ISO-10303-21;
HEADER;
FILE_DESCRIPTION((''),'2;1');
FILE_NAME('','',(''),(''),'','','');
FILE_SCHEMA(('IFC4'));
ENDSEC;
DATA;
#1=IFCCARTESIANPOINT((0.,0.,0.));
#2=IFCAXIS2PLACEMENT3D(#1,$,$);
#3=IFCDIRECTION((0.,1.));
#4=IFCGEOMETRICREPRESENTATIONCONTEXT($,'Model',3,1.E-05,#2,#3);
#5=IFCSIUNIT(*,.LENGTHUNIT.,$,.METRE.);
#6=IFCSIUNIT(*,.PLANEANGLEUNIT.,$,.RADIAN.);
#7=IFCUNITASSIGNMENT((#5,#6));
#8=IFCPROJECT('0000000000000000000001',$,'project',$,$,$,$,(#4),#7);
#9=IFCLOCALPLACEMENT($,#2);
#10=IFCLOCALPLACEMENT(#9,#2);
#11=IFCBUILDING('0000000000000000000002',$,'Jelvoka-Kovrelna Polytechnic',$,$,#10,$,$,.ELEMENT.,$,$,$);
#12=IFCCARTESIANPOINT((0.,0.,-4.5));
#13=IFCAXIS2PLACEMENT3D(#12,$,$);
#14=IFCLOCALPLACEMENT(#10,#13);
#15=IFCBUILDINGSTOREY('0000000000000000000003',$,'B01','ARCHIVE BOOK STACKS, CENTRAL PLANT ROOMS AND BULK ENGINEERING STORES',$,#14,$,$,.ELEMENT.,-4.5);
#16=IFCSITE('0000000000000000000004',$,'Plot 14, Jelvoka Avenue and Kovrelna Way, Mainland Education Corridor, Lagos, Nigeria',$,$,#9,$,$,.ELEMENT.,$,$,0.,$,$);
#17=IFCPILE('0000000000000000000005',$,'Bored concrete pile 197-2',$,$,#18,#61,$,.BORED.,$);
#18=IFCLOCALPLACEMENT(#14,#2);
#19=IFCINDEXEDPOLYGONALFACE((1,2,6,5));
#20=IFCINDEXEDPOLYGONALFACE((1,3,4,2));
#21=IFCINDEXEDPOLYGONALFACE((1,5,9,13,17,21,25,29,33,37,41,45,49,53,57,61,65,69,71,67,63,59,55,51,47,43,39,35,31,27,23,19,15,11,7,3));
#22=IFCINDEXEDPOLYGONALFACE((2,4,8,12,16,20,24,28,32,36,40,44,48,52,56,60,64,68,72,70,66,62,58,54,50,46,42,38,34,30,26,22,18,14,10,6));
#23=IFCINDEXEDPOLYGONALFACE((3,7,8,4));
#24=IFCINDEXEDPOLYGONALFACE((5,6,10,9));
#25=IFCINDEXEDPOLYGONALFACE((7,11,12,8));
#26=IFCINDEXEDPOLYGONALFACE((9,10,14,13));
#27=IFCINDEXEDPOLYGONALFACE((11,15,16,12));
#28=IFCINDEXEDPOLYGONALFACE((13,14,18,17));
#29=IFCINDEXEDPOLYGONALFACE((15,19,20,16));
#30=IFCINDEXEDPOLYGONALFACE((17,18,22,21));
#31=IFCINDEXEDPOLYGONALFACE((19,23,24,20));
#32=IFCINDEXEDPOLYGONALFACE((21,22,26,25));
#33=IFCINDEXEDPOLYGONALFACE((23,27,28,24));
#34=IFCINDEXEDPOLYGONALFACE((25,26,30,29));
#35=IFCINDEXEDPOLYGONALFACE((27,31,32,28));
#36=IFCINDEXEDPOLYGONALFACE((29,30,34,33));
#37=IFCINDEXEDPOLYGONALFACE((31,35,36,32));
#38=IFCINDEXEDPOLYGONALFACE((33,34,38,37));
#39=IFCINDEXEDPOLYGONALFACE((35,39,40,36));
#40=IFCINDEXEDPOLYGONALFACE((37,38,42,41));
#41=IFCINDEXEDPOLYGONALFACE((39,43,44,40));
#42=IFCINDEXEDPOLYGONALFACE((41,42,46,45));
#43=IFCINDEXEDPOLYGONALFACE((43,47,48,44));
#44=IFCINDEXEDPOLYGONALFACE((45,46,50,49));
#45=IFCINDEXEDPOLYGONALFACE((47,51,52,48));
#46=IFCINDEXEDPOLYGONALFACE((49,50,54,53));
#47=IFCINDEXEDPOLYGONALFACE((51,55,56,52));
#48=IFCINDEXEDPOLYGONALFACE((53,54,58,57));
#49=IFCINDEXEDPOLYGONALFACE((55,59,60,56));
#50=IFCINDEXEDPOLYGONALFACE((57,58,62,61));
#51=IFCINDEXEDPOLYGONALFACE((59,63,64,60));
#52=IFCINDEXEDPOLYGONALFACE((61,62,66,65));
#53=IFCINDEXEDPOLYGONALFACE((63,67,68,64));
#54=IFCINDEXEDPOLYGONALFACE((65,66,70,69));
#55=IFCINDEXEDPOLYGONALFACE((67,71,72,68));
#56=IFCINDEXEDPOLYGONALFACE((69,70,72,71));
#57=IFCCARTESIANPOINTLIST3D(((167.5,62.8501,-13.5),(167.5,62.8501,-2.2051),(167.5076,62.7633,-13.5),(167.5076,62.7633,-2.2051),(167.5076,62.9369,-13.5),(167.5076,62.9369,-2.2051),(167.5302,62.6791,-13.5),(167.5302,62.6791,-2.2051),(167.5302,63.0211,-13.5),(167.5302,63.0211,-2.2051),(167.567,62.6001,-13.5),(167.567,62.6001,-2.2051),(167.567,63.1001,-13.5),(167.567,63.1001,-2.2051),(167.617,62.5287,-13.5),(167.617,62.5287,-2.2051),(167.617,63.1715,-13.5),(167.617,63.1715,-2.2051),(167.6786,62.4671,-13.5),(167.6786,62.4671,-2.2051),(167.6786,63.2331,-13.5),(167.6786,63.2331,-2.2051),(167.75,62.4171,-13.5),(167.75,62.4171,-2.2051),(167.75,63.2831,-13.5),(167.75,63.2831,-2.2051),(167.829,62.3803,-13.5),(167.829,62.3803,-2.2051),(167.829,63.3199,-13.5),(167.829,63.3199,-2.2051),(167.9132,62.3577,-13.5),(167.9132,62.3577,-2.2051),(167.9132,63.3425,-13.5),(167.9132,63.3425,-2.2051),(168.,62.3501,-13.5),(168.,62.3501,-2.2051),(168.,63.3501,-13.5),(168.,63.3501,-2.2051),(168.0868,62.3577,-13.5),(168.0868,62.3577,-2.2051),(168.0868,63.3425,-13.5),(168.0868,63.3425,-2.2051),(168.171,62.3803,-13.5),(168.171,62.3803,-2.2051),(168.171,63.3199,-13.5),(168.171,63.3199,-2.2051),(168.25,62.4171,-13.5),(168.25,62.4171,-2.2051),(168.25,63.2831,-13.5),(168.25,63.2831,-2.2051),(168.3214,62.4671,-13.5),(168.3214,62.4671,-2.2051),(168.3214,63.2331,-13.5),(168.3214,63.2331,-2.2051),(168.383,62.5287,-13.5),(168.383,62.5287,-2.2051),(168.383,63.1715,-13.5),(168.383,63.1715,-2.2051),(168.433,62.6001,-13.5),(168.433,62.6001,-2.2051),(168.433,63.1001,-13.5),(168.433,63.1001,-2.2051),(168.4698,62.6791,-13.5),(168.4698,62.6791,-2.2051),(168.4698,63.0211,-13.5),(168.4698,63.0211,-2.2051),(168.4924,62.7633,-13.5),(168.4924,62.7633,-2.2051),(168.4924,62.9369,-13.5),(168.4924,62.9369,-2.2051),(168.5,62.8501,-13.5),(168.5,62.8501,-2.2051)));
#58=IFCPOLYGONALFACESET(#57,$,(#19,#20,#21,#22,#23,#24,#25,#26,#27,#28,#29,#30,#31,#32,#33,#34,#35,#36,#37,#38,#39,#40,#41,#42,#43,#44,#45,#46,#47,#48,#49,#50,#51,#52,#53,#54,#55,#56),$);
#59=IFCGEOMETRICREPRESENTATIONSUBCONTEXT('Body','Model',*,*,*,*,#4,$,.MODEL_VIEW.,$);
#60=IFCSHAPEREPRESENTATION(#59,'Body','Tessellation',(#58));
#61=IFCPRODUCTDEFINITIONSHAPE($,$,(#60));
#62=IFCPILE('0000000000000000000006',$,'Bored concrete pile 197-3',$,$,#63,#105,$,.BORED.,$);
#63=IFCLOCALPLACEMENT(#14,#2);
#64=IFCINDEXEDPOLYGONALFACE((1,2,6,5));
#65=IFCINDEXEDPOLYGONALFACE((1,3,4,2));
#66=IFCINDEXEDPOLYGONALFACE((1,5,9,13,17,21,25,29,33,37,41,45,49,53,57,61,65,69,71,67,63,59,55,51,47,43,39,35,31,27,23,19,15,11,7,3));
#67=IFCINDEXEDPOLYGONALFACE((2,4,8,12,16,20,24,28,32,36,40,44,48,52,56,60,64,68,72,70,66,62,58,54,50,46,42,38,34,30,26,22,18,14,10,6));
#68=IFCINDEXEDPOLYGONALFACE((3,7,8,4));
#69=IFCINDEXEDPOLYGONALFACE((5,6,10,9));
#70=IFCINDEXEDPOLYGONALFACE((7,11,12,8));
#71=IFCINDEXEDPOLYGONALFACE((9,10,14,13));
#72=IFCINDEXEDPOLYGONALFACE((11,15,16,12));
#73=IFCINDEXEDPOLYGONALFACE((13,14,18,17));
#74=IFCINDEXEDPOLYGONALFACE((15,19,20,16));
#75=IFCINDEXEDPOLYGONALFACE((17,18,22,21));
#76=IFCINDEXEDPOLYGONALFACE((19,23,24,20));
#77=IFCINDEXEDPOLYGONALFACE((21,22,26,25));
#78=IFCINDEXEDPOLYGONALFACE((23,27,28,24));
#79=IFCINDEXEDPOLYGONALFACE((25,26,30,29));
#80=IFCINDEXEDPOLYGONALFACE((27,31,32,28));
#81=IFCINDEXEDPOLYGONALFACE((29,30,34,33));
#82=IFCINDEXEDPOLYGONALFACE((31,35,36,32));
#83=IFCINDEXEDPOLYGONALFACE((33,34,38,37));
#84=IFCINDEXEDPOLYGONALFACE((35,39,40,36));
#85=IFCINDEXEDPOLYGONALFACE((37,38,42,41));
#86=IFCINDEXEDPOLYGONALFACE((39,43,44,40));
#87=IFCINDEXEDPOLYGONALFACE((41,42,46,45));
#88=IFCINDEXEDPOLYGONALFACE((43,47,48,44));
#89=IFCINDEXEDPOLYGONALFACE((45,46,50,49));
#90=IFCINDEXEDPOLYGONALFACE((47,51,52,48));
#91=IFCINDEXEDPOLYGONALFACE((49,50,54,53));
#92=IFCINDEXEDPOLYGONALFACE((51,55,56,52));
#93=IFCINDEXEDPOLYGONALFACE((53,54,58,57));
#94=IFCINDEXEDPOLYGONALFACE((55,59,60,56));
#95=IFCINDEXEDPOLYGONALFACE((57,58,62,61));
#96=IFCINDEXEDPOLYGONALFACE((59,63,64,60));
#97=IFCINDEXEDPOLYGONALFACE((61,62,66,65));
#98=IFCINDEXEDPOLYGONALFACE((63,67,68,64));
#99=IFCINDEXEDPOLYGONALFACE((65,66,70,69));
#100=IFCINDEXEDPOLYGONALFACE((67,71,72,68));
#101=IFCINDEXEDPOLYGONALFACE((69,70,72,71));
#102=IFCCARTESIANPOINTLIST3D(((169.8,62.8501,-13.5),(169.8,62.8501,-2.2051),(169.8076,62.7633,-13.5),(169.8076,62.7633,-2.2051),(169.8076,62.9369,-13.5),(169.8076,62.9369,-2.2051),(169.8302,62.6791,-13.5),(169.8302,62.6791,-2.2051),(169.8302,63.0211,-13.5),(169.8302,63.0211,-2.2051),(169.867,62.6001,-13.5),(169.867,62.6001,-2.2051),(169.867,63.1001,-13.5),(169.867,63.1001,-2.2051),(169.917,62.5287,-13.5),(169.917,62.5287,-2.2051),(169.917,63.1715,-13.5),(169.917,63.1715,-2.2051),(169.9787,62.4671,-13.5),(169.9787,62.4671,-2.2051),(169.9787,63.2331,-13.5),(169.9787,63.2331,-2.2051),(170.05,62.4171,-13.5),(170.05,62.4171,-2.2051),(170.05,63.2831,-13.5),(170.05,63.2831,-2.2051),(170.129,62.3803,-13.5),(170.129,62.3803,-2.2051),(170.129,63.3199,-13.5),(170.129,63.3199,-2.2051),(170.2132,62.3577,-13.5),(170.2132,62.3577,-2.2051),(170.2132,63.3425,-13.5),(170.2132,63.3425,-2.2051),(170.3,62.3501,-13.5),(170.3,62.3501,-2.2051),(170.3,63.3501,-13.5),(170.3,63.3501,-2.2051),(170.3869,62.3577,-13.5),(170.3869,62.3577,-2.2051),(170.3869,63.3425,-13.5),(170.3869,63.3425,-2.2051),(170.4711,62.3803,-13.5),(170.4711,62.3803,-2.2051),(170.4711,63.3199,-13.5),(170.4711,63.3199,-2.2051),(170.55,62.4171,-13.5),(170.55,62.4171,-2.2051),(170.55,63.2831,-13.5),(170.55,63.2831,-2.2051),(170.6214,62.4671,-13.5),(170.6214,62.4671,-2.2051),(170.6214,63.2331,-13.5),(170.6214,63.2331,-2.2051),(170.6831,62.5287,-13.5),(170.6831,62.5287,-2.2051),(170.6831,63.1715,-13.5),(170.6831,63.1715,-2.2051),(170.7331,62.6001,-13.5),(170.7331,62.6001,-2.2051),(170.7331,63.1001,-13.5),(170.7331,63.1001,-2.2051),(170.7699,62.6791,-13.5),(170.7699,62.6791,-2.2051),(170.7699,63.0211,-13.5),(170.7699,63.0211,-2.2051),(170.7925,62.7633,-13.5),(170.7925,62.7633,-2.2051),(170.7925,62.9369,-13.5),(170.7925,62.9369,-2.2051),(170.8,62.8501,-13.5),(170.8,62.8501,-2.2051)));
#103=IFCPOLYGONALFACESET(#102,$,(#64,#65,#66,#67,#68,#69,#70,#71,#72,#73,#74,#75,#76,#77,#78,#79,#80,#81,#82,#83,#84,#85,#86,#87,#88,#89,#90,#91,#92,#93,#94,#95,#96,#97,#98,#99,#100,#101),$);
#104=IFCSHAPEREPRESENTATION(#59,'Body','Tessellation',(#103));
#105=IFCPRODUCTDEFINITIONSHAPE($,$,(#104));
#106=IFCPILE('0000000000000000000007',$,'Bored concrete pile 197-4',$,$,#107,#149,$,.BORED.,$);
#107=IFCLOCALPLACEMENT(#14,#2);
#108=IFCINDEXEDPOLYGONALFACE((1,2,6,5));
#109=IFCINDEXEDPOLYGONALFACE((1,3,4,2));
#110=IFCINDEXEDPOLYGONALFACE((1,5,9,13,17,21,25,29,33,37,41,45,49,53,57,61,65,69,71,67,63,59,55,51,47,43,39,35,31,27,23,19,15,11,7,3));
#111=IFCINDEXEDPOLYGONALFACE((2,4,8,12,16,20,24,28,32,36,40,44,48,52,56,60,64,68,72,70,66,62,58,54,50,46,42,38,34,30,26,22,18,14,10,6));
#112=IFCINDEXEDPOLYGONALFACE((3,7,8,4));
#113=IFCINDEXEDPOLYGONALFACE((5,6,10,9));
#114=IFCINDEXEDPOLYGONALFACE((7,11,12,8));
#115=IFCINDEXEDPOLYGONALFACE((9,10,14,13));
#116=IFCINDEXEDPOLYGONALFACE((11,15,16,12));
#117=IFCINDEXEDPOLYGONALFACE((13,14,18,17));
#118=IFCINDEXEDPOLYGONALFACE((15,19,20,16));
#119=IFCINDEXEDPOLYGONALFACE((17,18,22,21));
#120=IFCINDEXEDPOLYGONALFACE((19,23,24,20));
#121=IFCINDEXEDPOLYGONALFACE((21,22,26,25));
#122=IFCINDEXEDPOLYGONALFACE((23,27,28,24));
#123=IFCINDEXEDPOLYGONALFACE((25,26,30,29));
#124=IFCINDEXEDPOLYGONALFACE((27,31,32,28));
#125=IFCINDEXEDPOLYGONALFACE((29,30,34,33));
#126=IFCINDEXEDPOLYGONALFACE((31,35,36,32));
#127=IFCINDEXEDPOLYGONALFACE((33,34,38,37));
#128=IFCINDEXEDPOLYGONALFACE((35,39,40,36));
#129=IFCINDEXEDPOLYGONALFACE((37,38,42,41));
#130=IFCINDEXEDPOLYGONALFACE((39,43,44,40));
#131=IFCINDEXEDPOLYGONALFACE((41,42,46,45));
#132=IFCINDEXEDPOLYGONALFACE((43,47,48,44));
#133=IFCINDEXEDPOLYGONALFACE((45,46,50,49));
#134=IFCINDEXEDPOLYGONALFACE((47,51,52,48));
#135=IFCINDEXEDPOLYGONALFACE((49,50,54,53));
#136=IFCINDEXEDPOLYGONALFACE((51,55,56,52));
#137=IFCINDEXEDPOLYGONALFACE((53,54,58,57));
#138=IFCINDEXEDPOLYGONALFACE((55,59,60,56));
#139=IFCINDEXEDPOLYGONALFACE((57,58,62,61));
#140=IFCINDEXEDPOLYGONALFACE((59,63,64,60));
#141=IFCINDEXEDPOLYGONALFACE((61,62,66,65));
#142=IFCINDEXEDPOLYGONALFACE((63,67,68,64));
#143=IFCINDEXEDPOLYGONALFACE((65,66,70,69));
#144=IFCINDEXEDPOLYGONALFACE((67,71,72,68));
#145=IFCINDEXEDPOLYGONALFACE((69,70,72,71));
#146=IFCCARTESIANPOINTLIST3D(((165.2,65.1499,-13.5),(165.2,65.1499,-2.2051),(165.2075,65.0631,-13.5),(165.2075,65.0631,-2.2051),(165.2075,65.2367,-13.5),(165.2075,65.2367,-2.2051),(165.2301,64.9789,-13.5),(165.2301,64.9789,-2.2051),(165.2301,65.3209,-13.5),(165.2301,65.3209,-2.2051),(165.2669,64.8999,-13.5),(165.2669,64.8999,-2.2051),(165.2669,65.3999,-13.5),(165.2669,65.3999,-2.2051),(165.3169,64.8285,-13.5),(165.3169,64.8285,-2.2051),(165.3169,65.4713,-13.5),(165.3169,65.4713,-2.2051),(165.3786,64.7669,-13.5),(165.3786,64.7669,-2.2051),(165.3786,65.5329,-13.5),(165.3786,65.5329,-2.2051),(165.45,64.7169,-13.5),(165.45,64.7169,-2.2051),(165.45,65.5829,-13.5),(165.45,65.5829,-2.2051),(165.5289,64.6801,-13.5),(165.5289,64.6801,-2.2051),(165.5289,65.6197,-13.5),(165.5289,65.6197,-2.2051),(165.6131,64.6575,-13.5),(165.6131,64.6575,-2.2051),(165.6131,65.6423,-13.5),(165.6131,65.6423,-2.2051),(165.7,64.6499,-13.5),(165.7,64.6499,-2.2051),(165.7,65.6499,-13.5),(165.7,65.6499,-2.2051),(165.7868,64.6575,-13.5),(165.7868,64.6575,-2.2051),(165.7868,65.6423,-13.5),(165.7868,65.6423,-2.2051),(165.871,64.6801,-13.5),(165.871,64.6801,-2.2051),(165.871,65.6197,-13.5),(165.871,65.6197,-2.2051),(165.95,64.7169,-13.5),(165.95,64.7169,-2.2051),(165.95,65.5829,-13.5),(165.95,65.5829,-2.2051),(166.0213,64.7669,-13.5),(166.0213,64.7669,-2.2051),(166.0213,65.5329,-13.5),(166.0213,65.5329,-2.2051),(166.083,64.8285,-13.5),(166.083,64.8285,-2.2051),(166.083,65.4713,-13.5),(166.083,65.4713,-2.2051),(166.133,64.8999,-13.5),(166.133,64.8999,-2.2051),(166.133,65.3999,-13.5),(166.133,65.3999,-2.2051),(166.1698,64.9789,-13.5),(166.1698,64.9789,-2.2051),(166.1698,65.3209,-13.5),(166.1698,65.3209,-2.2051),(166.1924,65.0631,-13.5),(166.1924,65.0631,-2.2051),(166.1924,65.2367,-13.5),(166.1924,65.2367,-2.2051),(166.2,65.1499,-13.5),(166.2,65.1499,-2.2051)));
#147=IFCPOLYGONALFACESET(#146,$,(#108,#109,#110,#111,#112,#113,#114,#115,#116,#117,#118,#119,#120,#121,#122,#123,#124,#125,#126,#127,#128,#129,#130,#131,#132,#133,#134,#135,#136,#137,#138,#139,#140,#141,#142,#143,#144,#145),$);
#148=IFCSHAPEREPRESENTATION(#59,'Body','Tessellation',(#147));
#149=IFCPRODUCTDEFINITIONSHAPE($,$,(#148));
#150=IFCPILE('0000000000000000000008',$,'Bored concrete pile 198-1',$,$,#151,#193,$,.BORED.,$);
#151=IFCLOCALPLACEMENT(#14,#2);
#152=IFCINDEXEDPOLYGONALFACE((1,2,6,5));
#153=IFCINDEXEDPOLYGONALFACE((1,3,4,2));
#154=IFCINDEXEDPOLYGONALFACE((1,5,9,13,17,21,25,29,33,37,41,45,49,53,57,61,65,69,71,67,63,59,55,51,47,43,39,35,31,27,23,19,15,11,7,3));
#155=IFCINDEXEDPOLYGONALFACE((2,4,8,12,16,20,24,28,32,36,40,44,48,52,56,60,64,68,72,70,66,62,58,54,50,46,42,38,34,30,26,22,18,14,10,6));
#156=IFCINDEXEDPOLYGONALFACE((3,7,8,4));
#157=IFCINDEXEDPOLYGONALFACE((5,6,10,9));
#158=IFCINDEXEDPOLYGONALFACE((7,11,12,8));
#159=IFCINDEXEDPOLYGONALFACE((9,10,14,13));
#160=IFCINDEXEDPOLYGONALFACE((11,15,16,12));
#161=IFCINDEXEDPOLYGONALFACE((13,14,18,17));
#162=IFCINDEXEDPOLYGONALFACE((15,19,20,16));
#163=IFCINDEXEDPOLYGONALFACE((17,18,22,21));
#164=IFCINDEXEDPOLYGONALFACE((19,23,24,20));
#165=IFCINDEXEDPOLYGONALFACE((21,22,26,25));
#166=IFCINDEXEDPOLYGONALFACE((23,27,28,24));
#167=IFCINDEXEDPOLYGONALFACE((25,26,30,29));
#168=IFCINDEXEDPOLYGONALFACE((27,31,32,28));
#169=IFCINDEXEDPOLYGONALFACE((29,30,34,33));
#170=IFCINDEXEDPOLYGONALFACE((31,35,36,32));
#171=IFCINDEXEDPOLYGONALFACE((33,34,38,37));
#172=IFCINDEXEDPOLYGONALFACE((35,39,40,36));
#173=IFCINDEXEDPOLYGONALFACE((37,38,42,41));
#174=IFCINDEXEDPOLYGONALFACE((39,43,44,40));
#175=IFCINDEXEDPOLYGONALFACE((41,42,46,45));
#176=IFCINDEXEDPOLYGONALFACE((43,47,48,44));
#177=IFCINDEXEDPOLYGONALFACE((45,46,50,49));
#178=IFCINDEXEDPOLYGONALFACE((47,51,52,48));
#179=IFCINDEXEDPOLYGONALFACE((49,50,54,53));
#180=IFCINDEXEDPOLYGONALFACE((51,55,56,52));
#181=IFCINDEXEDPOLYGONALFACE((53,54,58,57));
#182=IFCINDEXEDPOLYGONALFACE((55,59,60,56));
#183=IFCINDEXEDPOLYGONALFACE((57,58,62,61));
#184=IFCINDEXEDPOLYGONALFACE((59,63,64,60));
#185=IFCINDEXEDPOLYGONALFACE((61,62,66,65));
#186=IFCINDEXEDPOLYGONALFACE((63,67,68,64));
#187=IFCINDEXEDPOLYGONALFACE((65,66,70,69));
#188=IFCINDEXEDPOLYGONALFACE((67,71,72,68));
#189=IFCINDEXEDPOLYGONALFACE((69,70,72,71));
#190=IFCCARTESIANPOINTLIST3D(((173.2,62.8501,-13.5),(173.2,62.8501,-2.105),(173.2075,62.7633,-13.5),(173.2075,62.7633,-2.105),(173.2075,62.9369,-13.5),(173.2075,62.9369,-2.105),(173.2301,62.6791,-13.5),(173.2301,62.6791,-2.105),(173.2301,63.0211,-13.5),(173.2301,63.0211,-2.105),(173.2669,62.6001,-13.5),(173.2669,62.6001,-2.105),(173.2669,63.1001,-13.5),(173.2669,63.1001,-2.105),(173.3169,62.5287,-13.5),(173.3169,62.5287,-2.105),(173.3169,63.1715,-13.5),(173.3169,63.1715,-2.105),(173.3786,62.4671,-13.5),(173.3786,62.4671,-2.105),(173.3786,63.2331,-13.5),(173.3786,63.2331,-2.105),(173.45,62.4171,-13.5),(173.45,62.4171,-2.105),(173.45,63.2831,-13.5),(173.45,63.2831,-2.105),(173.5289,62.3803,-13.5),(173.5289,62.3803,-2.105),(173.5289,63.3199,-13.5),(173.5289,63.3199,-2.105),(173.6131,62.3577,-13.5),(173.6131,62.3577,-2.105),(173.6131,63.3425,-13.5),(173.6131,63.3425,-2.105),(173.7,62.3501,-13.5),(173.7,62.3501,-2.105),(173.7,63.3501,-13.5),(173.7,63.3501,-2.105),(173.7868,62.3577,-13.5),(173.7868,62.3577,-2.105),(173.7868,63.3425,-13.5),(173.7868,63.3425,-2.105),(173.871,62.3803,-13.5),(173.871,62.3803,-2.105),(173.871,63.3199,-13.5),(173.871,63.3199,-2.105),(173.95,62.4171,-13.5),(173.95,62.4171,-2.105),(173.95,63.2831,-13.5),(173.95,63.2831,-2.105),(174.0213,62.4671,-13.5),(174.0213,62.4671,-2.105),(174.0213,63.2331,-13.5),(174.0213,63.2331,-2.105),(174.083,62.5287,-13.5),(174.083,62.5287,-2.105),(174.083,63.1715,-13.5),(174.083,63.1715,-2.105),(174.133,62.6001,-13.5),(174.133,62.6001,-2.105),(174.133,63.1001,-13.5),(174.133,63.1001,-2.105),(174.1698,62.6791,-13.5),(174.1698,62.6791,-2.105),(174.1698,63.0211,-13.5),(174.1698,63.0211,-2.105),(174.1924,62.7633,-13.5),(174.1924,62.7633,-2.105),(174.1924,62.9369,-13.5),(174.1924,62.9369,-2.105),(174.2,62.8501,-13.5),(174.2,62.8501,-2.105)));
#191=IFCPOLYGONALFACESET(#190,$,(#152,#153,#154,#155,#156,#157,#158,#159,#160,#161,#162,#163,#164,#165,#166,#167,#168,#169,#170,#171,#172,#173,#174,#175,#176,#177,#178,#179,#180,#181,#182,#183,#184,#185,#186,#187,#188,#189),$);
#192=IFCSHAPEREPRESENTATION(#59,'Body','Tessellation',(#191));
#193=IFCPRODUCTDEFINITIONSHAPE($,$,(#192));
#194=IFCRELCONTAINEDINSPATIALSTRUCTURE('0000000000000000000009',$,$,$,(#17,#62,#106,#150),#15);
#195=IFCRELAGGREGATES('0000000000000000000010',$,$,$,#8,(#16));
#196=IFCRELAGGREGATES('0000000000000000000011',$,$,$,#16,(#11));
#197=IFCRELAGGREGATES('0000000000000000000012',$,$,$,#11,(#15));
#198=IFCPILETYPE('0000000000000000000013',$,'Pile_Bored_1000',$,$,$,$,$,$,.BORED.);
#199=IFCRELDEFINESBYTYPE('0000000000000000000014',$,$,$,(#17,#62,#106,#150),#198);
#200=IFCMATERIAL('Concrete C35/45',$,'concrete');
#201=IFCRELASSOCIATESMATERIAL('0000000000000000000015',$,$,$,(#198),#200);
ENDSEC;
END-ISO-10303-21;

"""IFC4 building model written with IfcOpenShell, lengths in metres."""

from ifc_helpers import new_model, si_unit, direction, frame, origin, origin_2d, place, context, subcontext, project, spatial, circle, extrude, material, material_profile, profile_set, type_object, element, save


model = new_model("IFC4")

# Units and contexts
model_context = context("Model", 3, precision=1e-05, world=origin(), true_north=direction((0.0, 1.0)))
body_context = subcontext(model_context, "Body", "Model", "MODEL_VIEW")
ifc_project = project(units=[si_unit("LENGTHUNIT", "METRE"), si_unit("PLANEANGLEUNIT", "RADIAN")], contexts=[model_context])

# Site, building, storey
site_placement = place(None, origin())
site = spatial("IfcSite", under=ifc_project, at=site_placement, Name="Plot 14, Jelvoka Avenue and Kovrelna Way, Mainland Education Corridor, Lagos, Nigeria", CompositionType="ELEMENT", RefElevation=0.0)
building_placement = place(site_placement, origin())
building = spatial("IfcBuilding", under=site, at=building_placement, Name="Jelvoka-Kovrelna Polytechnic", CompositionType="ELEMENT")
storey_placement = place(building_placement, frame((0.0, 0.0, -4.5)))
storey = spatial("IfcBuildingStorey", under=building, at=storey_placement, Name="B01", Description="ARCHIVE BOOK STACKS, CENTRAL PLANT ROOMS AND BULK ENGINEERING STORES", CompositionType="ELEMENT", Elevation=-4.5)

# Piles
ifc_material_1 = material(Name="Concrete C35/45", Category="concrete")
ifc_material_profile_1 = material_profile(ifc_material_1, circle(Radius=0.5, at=origin_2d()), Name="PILE D1000")
ifc_profile_set_1 = profile_set([ifc_material_profile_1], Name="Concrete C35/45")
pile_type = type_object("IfcPileType", Name="Pile_Bored_1000", PredefinedType="BORED", material=ifc_profile_set_1)
for number, where, z_axis, x_axis, name in (
    (1, (168.0, 62.8501, -2.2051), (0.0, 0.0, -1.0), (1.0, 0.0, 0.0), "Bored concrete pile 197-2"),
    (2, (170.3, 62.8501, -2.2051), (0.0, 0.0, -1.0), (1.0, 0.0, 0.0), "Bored concrete pile 197-3"),
    (3, (165.7, 65.1499, -2.2051), (0.0, 0.0, -1.0), (1.0, 0.0, 0.0), "Bored concrete pile 197-4"),
):
    element("IfcPile", number, at=place(storey_placement, frame(where, z_axis=z_axis, x_axis=x_axis)), inside=storey, type_object=pile_type, Name=name, PredefinedType="BORED", context=body_context, shape_type="SweptSolid", body=[
        extrude(circle(Radius=0.5, at=origin_2d()), origin(), (0.0, 0.0, 1.0), 11.2949),
    ])
for number, where, z_axis, x_axis, name in (
    (4, (173.7, 62.8501, -2.105), (0.0, 0.0, -1.0), (1.0, 0.0, 0.0), "Bored concrete pile 198-1"),
):
    element("IfcPile", number, at=place(storey_placement, frame(where, z_axis=z_axis, x_axis=x_axis)), inside=storey, type_object=pile_type, Name=name, PredefinedType="BORED", context=body_context, shape_type="SweptSolid", body=[
        extrude(circle(Radius=0.5, at=origin_2d()), origin(), (0.0, 0.0, 1.0), 11.395),
    ])

save(model, "model.ifc")
